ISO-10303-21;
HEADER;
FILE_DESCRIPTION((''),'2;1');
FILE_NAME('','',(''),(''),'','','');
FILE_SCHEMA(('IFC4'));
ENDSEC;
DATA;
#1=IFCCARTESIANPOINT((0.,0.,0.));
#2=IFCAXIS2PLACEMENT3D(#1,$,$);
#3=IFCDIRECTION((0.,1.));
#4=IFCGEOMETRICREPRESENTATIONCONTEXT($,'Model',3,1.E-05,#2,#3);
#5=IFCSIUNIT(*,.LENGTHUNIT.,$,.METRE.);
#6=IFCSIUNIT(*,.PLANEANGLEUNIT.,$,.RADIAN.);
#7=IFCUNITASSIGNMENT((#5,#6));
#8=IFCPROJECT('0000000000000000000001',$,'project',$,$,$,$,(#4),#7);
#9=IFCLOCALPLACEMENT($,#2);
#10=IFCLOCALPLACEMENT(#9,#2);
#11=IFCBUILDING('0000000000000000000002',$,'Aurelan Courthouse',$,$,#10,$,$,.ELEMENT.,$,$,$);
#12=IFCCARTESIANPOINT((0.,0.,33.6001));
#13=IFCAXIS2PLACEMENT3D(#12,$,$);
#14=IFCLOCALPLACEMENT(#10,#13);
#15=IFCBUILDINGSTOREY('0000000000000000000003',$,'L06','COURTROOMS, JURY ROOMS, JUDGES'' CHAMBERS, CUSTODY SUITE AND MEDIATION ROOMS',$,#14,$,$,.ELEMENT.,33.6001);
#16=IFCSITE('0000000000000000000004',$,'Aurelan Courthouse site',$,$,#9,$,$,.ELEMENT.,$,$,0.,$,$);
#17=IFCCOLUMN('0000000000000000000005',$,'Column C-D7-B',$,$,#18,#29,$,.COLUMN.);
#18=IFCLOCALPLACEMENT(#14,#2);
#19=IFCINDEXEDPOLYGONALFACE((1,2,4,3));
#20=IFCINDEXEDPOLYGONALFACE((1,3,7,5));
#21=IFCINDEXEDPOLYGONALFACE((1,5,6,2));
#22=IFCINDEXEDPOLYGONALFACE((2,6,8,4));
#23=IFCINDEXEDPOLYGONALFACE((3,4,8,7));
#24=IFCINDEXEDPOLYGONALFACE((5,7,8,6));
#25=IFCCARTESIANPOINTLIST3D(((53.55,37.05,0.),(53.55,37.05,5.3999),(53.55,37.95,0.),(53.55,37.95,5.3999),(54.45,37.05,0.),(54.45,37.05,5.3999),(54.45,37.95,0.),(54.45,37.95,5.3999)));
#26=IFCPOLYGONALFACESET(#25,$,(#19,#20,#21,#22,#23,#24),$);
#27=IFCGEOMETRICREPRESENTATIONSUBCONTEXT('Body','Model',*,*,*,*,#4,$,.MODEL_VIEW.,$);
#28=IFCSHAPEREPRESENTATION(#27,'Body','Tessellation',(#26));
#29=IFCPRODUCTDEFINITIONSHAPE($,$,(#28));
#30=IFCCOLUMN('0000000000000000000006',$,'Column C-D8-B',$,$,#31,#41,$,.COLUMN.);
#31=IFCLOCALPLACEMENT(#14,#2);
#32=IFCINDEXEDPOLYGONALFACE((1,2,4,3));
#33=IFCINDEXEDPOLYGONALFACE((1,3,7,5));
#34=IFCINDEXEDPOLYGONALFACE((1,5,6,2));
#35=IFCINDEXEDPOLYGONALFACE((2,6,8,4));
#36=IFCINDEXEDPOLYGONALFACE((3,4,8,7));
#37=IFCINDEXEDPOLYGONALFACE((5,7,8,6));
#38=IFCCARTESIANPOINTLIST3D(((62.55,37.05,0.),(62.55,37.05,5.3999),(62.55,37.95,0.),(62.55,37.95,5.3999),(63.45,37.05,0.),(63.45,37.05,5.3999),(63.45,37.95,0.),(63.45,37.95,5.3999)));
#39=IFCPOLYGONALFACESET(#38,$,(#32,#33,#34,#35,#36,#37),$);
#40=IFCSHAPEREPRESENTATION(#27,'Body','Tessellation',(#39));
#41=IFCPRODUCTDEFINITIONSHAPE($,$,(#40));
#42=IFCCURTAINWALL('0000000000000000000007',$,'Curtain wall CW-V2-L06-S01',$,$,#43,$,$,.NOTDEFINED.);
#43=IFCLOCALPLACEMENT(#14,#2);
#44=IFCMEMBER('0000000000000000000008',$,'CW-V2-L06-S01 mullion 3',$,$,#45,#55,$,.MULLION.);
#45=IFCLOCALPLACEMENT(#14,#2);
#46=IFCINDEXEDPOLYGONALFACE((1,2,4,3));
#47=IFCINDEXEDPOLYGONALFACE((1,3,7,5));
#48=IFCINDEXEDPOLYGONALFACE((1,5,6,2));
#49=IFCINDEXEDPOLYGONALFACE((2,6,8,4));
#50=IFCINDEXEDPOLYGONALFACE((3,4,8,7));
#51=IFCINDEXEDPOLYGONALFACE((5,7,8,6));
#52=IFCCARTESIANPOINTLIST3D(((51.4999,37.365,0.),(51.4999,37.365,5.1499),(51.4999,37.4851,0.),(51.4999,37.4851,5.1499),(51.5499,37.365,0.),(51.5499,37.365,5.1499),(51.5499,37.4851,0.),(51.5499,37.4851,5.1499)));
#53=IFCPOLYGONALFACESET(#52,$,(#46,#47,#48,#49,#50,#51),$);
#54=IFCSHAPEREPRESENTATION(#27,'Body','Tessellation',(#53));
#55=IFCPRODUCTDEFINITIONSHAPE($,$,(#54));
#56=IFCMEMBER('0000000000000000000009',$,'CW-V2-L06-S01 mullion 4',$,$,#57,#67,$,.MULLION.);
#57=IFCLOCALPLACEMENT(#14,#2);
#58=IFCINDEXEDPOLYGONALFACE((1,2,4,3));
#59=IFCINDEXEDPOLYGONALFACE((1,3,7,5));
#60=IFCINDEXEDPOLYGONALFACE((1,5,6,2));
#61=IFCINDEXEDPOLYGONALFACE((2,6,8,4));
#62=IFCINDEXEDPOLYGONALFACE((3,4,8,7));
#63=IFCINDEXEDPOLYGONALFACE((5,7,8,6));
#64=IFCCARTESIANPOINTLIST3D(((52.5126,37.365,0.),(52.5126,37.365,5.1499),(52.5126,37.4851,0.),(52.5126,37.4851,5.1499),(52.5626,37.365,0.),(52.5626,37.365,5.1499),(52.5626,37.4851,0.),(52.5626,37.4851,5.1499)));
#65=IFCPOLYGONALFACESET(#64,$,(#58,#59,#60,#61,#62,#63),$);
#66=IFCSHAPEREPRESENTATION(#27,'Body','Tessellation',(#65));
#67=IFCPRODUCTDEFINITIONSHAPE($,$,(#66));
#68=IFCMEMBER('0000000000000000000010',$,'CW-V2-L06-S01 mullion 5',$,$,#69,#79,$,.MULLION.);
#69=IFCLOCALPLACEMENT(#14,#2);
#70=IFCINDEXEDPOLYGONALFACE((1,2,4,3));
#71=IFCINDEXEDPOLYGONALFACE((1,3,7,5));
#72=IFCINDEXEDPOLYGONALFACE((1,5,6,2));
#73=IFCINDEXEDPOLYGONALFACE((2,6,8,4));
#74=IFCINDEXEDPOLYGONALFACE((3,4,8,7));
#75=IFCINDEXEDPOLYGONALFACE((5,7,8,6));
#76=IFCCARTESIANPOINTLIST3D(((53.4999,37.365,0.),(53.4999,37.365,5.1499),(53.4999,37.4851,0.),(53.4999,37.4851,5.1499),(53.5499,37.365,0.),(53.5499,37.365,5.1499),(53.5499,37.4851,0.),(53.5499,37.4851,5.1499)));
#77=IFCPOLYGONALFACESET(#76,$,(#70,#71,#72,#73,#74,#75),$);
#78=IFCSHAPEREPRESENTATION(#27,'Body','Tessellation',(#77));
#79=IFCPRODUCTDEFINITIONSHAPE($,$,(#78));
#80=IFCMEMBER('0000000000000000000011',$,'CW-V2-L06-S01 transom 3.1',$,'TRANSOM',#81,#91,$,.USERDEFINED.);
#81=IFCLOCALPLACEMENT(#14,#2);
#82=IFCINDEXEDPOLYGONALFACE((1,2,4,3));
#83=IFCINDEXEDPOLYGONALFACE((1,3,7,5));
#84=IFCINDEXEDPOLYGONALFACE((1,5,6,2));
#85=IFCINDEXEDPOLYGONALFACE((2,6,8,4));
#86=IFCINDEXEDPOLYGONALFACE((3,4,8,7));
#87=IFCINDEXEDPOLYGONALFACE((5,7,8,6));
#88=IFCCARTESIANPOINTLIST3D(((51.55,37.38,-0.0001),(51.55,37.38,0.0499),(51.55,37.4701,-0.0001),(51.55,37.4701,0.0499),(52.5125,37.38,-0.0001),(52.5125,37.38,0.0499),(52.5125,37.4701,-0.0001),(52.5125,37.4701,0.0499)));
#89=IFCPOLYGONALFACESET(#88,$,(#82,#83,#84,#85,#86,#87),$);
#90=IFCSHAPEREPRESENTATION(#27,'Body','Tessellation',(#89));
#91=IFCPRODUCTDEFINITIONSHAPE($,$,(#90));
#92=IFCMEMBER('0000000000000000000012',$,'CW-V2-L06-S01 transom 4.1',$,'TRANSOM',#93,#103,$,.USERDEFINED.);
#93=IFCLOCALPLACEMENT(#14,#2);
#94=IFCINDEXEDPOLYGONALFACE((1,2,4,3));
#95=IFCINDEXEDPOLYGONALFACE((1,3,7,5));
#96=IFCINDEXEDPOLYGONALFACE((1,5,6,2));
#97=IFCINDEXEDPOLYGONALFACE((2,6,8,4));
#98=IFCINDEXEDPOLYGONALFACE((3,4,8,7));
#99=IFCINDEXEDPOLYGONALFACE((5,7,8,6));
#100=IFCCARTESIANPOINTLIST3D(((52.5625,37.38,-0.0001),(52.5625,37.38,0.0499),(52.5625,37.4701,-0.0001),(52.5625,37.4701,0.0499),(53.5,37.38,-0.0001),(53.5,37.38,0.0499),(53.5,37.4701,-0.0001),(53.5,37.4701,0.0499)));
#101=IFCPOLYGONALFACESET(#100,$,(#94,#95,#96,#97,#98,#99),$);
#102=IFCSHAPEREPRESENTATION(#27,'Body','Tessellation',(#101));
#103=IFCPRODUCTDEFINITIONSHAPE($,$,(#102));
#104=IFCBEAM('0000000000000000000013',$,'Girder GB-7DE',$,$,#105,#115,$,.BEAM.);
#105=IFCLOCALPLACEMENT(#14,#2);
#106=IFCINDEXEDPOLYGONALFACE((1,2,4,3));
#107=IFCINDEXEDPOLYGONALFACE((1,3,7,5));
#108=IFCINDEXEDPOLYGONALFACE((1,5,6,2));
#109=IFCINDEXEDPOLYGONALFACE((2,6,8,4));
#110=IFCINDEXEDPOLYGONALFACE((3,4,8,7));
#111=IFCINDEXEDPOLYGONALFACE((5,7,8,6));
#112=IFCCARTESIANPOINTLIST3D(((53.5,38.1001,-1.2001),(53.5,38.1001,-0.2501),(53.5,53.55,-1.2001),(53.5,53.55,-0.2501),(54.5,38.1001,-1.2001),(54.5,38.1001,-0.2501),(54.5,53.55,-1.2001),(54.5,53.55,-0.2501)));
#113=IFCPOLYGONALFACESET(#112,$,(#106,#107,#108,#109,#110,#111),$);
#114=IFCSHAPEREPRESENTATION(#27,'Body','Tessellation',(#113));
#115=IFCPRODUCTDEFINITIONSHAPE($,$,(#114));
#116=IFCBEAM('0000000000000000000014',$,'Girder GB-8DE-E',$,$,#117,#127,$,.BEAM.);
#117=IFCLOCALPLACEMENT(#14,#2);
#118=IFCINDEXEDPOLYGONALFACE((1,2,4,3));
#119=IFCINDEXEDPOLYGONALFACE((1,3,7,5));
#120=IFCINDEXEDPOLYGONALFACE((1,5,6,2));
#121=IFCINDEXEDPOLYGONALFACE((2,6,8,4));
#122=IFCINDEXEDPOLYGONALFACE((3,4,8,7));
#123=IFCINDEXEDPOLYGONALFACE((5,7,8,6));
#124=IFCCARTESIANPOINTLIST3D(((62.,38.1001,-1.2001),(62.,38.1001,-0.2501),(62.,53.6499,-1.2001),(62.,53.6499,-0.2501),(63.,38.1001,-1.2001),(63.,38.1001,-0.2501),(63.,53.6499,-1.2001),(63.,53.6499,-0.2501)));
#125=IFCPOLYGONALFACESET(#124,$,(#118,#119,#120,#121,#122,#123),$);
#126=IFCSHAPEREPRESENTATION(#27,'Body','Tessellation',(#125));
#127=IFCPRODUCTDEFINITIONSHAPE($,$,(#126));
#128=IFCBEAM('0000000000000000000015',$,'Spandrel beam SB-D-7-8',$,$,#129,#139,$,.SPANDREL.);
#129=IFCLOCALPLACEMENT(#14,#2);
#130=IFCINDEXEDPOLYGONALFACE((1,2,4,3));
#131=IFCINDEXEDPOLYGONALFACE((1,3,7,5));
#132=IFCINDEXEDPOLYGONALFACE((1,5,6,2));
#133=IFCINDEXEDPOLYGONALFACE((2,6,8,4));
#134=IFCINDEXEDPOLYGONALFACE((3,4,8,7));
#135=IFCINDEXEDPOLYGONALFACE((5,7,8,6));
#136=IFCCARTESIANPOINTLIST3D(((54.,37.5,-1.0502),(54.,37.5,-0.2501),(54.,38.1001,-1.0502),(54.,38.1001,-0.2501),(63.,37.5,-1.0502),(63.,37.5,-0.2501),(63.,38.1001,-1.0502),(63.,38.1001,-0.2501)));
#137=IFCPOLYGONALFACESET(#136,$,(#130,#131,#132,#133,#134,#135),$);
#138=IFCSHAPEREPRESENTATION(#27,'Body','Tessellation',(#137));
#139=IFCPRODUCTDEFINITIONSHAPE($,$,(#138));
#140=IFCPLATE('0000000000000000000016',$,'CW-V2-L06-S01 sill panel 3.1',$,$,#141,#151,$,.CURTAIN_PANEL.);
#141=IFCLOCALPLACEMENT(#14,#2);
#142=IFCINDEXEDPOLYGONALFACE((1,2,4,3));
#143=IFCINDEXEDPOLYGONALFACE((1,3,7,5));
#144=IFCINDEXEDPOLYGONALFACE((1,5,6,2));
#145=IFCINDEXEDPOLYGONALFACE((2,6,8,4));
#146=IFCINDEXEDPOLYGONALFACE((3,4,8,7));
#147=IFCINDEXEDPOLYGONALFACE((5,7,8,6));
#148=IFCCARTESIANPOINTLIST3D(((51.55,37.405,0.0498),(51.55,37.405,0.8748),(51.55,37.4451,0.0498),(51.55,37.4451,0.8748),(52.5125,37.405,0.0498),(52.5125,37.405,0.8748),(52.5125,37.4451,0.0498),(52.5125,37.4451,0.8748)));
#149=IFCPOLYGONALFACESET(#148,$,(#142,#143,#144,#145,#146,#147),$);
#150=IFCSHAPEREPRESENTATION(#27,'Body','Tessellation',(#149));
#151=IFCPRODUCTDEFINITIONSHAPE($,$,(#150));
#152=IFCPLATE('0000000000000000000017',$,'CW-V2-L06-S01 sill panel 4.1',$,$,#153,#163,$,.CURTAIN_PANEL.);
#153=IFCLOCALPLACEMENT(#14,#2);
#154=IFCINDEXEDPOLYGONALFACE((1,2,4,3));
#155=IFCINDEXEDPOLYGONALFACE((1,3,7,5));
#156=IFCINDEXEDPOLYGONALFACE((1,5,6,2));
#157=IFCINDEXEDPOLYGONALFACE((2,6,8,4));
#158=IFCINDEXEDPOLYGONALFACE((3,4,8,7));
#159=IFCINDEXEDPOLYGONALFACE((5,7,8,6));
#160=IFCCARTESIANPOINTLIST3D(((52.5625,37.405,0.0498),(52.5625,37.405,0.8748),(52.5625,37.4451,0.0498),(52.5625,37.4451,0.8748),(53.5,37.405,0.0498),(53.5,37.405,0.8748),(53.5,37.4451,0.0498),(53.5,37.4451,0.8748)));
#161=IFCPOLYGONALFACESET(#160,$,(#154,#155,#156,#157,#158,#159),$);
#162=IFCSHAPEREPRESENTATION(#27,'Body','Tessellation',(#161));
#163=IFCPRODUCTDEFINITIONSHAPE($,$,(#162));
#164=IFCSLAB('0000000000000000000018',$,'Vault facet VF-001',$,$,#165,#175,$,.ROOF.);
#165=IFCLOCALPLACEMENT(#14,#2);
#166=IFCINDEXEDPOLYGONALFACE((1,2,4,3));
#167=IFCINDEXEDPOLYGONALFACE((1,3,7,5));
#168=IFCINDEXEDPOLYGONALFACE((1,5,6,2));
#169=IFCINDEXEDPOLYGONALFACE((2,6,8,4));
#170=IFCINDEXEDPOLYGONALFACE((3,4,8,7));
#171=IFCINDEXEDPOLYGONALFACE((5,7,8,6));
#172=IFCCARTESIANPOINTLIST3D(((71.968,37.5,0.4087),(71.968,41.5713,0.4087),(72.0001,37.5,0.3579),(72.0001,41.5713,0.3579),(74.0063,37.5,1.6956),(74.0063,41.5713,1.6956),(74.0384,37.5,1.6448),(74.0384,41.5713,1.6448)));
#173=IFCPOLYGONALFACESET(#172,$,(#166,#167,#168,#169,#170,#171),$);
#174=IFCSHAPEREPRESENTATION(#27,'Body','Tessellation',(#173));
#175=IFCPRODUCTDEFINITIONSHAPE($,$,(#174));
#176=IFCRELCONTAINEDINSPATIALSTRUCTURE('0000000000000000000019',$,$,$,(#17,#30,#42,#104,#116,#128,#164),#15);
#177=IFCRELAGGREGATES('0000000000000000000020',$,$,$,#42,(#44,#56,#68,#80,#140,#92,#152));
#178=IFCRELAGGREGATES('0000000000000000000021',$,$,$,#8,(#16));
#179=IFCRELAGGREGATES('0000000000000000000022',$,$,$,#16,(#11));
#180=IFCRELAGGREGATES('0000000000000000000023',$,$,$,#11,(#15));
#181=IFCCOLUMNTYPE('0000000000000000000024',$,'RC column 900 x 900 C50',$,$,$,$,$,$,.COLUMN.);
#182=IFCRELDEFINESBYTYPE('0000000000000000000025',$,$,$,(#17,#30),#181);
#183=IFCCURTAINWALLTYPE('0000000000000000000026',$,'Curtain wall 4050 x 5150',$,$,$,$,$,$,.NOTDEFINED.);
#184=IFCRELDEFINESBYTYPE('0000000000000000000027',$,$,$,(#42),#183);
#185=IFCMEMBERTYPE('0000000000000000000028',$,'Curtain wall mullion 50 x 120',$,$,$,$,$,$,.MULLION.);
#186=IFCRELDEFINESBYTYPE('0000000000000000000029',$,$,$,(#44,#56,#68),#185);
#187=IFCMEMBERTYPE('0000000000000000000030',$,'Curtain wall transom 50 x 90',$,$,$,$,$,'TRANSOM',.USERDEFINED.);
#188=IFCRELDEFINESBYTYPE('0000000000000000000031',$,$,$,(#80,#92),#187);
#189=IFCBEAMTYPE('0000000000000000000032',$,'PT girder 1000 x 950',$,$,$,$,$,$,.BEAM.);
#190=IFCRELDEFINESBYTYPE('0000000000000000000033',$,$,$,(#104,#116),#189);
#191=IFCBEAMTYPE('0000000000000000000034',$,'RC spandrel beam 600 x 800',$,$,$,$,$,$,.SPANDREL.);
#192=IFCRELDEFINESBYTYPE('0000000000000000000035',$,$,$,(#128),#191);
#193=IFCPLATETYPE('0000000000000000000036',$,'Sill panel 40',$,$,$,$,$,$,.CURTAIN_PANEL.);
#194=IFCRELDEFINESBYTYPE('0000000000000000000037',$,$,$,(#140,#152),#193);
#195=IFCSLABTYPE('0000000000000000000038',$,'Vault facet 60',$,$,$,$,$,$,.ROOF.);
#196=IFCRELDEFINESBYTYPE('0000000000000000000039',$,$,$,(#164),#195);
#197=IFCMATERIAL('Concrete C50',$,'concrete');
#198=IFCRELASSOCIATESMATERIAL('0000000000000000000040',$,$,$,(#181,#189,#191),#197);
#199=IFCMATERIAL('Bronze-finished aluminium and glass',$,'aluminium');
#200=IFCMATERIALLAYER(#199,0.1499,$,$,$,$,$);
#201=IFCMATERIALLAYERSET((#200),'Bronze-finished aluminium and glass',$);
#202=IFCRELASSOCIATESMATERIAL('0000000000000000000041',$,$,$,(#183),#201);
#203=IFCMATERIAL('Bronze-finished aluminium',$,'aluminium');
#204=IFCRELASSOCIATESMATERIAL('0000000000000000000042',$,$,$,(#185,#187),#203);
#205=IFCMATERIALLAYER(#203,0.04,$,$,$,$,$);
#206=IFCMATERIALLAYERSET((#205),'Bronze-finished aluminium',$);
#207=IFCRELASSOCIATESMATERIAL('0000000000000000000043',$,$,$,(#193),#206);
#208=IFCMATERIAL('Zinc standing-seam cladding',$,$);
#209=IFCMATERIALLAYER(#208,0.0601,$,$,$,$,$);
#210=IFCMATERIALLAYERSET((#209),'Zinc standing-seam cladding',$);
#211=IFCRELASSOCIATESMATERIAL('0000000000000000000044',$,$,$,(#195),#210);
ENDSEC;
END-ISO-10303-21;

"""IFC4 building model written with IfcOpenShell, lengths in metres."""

from ifc_helpers import new_model, si_unit, direction, frame, origin, origin_2d, place, context, subcontext, project, spatial, polyline, rectangle, outline, extrude, material, layer, layer_set, material_profile, profile_set, type_object, element, aggregate, save


model = new_model("IFC4")

# Units and contexts
model_context = context("Model", 3, precision=1e-05, world=origin(), true_north=direction((0.0, 1.0)))
body_context = subcontext(model_context, "Body", "Model", "MODEL_VIEW")
ifc_project = project(units=[si_unit("LENGTHUNIT", "METRE"), si_unit("PLANEANGLEUNIT", "RADIAN")], contexts=[model_context])

# Site, building, storey
site_placement = place(None, origin())
site = spatial("IfcSite", under=ifc_project, at=site_placement, Name="Aurelan Courthouse site", CompositionType="ELEMENT", RefElevation=0.0)
building_placement = place(site_placement, origin())
building = spatial("IfcBuilding", under=site, at=building_placement, Name="Aurelan Courthouse", CompositionType="ELEMENT")
storey_placement = place(building_placement, frame((0.0, 0.0, 33.6001)))
storey = spatial("IfcBuildingStorey", under=building, at=storey_placement, Name="L06", Description="COURTROOMS, JURY ROOMS, JUDGES' CHAMBERS, CUSTODY SUITE AND MEDIATION ROOMS", CompositionType="ELEMENT", Elevation=33.6001)

# Columns
ifc_material_1 = material(Name="Concrete C50", Category="concrete")
ifc_material_profile_1 = material_profile(ifc_material_1, rectangle(XDim=0.8999, YDim=0.8999, at=origin_2d()), Name="RC 900 x 900")
ifc_profile_set_1 = profile_set([ifc_material_profile_1], Name="Concrete C50")
column_type = type_object("IfcColumnType", Name="RC column 900 x 900 C50", PredefinedType="COLUMN", material=ifc_profile_set_1)
for number, where, z_axis, x_axis, name in (
    (1, (54.0, 37.5, 0.0), (0.0, 0.0, 1.0), (1.0, 0.0, 0.0), "Column C-D7-B"),
    (2, (63.0, 37.5, 0.0), (0.0, 0.0, 1.0), (1.0, 0.0, 0.0), "Column C-D8-B"),
):
    element("IfcColumn", number, at=place(storey_placement, frame(where, z_axis=z_axis, x_axis=x_axis)), inside=storey, type_object=column_type, Name=name, PredefinedType="COLUMN", context=body_context, shape_type="SweptSolid", body=[
        extrude(rectangle(XDim=0.8999, YDim=0.8999, at=origin_2d()), origin(), (0.0, 0.0, 1.0), 5.3999),
    ])

# Curtain wall, members
ifc_material_2 = material(Name="Bronze-finished aluminium and glass", Category="aluminium")
ifc_layer_1 = layer(ifc_material_2, 0.1499)
ifc_layer_set_1 = layer_set([ifc_layer_1], Name="Bronze-finished aluminium and glass")
curtain_wall_type = type_object("IfcCurtainWallType", Name="Curtain wall 4050 x 5150", PredefinedType="NOTDEFINED", material=ifc_layer_set_1)
curtain_wall_placement = place(storey_placement, origin())
curtain_wall = element("IfcCurtainWall", 3, at=curtain_wall_placement, inside=storey, type_object=curtain_wall_type, Name="Curtain wall CW-V2-L06-S01", PredefinedType="NOTDEFINED")
ifc_material_3 = material(Name="Bronze-finished aluminium", Category="aluminium")
ifc_material_profile_2 = material_profile(ifc_material_3, rectangle(XDim=0.1201, YDim=0.05, at=origin_2d()), Name="Bronze mullion 50 x 120")
ifc_profile_set_2 = profile_set([ifc_material_profile_2], Name="Bronze-finished aluminium")
member_type_1 = type_object("IfcMemberType", Name="Curtain wall mullion 50 x 120", PredefinedType="MULLION", material=ifc_profile_set_2)
member_1_placement = place(storey_placement, frame((51.5249, 37.425, 0.0), z_axis=(0.0, 0.0, 1.0), x_axis=(0.0, 1.0, 0.0)))
member_1 = element("IfcMember", 4, at=member_1_placement, type_object=member_type_1, Name="CW-V2-L06-S01 mullion 3", PredefinedType="MULLION", context=body_context, shape_type="SweptSolid", body=[
    extrude(rectangle(XDim=0.1201, YDim=0.05, at=origin_2d()), origin(), (0.0, 0.0, 1.0), 5.1499),
])
member_2_placement = place(storey_placement, frame((52.5376, 37.425, 0.0), z_axis=(0.0, 0.0, 1.0), x_axis=(0.0, 1.0, 0.0)))
member_2 = element("IfcMember", 5, at=member_2_placement, type_object=member_type_1, Name="CW-V2-L06-S01 mullion 4", PredefinedType="MULLION", context=body_context, shape_type="SweptSolid", body=[
    extrude(rectangle(XDim=0.1201, YDim=0.05, at=origin_2d()), origin(), (0.0, 0.0, 1.0), 5.1499),
])
member_3_placement = place(storey_placement, frame((53.5249, 37.425, 0.0), z_axis=(0.0, 0.0, 1.0), x_axis=(0.0, 1.0, 0.0)))
member_3 = element("IfcMember", 6, at=member_3_placement, type_object=member_type_1, Name="CW-V2-L06-S01 mullion 5", PredefinedType="MULLION", context=body_context, shape_type="SweptSolid", body=[
    extrude(rectangle(XDim=0.1201, YDim=0.05, at=origin_2d()), origin(), (0.0, 0.0, 1.0), 5.1499),
])
ifc_material_profile_3 = material_profile(ifc_material_3, rectangle(XDim=0.0901, YDim=0.05, at=origin_2d()), Name="Bronze transom 50 x 90")
ifc_profile_set_3 = profile_set([ifc_material_profile_3], Name="Bronze-finished aluminium")
member_type_2 = type_object("IfcMemberType", Name="Curtain wall transom 50 x 90", ElementType="TRANSOM", PredefinedType="USERDEFINED", material=ifc_profile_set_3)
member_4_placement = place(storey_placement, frame((51.55, 37.425, 0.0249), z_axis=(1.0, 0.0, 0.0), x_axis=(0.0, 1.0, 0.0)))
member_4 = element("IfcMember", 7, at=member_4_placement, type_object=member_type_2, Name="CW-V2-L06-S01 transom 3.1", ObjectType="TRANSOM", PredefinedType="USERDEFINED", context=body_context, shape_type="SweptSolid", body=[
    extrude(rectangle(XDim=0.0901, YDim=0.05, at=origin_2d()), origin(), (0.0, 0.0, 1.0), 0.9624),
])
member_5_placement = place(storey_placement, frame((52.5625, 37.425, 0.0249), z_axis=(1.0, 0.0, 0.0), x_axis=(0.0, 1.0, 0.0)))
member_5 = element("IfcMember", 8, at=member_5_placement, type_object=member_type_2, Name="CW-V2-L06-S01 transom 4.1", ObjectType="TRANSOM", PredefinedType="USERDEFINED", context=body_context, shape_type="SweptSolid", body=[
    extrude(rectangle(XDim=0.0901, YDim=0.05, at=origin_2d()), origin(), (0.0, 0.0, 1.0), 0.9375),
])

# Beams
ifc_material_profile_4 = material_profile(ifc_material_1, rectangle(XDim=1.0, YDim=0.95, at=origin_2d()), Name="RC 1000 x 950")
ifc_profile_set_4 = profile_set([ifc_material_profile_4], Name="Concrete C50")
beam_type_1 = type_object("IfcBeamType", Name="PT girder 1000 x 950", PredefinedType="BEAM", material=ifc_profile_set_4)
beam_1_placement = place(storey_placement, frame((54.0, 38.1001, -0.7251), z_axis=(0.0, 1.0, 0.0), x_axis=(-1.0, 0.0, 0.0)))
element("IfcBeam", 9, at=beam_1_placement, inside=storey, type_object=beam_type_1, Name="Girder GB-7DE", PredefinedType="BEAM", context=body_context, shape_type="SweptSolid", body=[
    extrude(rectangle(XDim=1.0, YDim=0.95, at=origin_2d()), origin(), (0.0, 0.0, 1.0), 15.45),
])
beam_2_placement = place(storey_placement, frame((62.5, 38.1001, -0.7251), z_axis=(0.0, 1.0, 0.0), x_axis=(-1.0, 0.0, 0.0)))
element("IfcBeam", 10, at=beam_2_placement, inside=storey, type_object=beam_type_1, Name="Girder GB-8DE-E", PredefinedType="BEAM", context=body_context, shape_type="SweptSolid", body=[
    extrude(rectangle(XDim=1.0, YDim=0.95, at=origin_2d()), origin(), (0.0, 0.0, 1.0), 15.5498),
])
ifc_material_profile_5 = material_profile(ifc_material_1, rectangle(XDim=0.6001, YDim=0.8, at=origin_2d()), Name="RC 600 x 800")
ifc_profile_set_5 = profile_set([ifc_material_profile_5], Name="Concrete C50")
beam_type_2 = type_object("IfcBeamType", Name="RC spandrel beam 600 x 800", PredefinedType="SPANDREL", material=ifc_profile_set_5)
beam_3_placement = place(storey_placement, frame((54.0, 37.8, -0.6501), z_axis=(1.0, 0.0, 0.0), x_axis=(0.0, 1.0, 0.0)))
element("IfcBeam", 11, at=beam_3_placement, inside=storey, type_object=beam_type_2, Name="Spandrel beam SB-D-7-8", PredefinedType="SPANDREL", context=body_context, shape_type="SweptSolid", body=[
    extrude(rectangle(XDim=0.6001, YDim=0.8, at=origin_2d()), origin(), (0.0, 0.0, 1.0), 9.0),
])

# Plates
ifc_layer_2 = layer(ifc_material_3, 0.04)
ifc_layer_set_2 = layer_set([ifc_layer_2], Name="Bronze-finished aluminium")
plate_type = type_object("IfcPlateType", Name="Sill panel 40", PredefinedType="CURTAIN_PANEL", material=ifc_layer_set_2)
plate_1_placement = place(storey_placement, frame((52.0312, 37.425, 0.0498), z_axis=(0.0, 0.0, 1.0), x_axis=(1.0, 0.0, 0.0)))
plate_1 = element("IfcPlate", 12, at=plate_1_placement, type_object=plate_type, Name="CW-V2-L06-S01 sill panel 3.1", PredefinedType="CURTAIN_PANEL", context=body_context, shape_type="SweptSolid", body=[
    extrude(rectangle(XDim=0.9624, YDim=0.04, at=origin_2d()), origin(), (0.0, 0.0, 1.0), 0.825),
])
plate_2_placement = place(storey_placement, frame((53.0312, 37.425, 0.0498), z_axis=(0.0, 0.0, 1.0), x_axis=(1.0, 0.0, 0.0)))
plate_2 = element("IfcPlate", 13, at=plate_2_placement, type_object=plate_type, Name="CW-V2-L06-S01 sill panel 4.1", PredefinedType="CURTAIN_PANEL", context=body_context, shape_type="SweptSolid", body=[
    extrude(rectangle(XDim=0.9375, YDim=0.04, at=origin_2d()), origin(), (0.0, 0.0, 1.0), 0.825),
])
aggregate(curtain_wall, [member_1, member_2, member_3, member_4, plate_1, member_5, plate_2])

# Slab
ifc_material_4 = material(Name="Zinc standing-seam cladding")
ifc_layer_3 = layer(ifc_material_4, 0.0601)
ifc_layer_set_3 = layer_set([ifc_layer_3], Name="Zinc standing-seam cladding")
slab_type = type_object("IfcSlabType", Name="Vault facet 60", PredefinedType="ROOF", material=ifc_layer_set_3)
slab_placement = place(storey_placement, frame((71.968, 37.5, 0.4087), z_axis=(-0.533844, 0.0, 0.845583), x_axis=(0.845583, 0.0, 0.533844)))
element("IfcSlab", 14, at=slab_placement, inside=storey, type_object=slab_type, Name="Vault facet VF-001", PredefinedType="ROOF", context=body_context, shape_type="SweptSolid", body=[
    extrude(outline(polyline([(0.0, 0.0), (2.4106, 0.0), (2.4106, 4.0713), (0.0, 4.0713), (0.0, 0.0)])), origin(), (0.0, 0.0, -1.0), 0.0601),
])

save(model, "model.ifc")
